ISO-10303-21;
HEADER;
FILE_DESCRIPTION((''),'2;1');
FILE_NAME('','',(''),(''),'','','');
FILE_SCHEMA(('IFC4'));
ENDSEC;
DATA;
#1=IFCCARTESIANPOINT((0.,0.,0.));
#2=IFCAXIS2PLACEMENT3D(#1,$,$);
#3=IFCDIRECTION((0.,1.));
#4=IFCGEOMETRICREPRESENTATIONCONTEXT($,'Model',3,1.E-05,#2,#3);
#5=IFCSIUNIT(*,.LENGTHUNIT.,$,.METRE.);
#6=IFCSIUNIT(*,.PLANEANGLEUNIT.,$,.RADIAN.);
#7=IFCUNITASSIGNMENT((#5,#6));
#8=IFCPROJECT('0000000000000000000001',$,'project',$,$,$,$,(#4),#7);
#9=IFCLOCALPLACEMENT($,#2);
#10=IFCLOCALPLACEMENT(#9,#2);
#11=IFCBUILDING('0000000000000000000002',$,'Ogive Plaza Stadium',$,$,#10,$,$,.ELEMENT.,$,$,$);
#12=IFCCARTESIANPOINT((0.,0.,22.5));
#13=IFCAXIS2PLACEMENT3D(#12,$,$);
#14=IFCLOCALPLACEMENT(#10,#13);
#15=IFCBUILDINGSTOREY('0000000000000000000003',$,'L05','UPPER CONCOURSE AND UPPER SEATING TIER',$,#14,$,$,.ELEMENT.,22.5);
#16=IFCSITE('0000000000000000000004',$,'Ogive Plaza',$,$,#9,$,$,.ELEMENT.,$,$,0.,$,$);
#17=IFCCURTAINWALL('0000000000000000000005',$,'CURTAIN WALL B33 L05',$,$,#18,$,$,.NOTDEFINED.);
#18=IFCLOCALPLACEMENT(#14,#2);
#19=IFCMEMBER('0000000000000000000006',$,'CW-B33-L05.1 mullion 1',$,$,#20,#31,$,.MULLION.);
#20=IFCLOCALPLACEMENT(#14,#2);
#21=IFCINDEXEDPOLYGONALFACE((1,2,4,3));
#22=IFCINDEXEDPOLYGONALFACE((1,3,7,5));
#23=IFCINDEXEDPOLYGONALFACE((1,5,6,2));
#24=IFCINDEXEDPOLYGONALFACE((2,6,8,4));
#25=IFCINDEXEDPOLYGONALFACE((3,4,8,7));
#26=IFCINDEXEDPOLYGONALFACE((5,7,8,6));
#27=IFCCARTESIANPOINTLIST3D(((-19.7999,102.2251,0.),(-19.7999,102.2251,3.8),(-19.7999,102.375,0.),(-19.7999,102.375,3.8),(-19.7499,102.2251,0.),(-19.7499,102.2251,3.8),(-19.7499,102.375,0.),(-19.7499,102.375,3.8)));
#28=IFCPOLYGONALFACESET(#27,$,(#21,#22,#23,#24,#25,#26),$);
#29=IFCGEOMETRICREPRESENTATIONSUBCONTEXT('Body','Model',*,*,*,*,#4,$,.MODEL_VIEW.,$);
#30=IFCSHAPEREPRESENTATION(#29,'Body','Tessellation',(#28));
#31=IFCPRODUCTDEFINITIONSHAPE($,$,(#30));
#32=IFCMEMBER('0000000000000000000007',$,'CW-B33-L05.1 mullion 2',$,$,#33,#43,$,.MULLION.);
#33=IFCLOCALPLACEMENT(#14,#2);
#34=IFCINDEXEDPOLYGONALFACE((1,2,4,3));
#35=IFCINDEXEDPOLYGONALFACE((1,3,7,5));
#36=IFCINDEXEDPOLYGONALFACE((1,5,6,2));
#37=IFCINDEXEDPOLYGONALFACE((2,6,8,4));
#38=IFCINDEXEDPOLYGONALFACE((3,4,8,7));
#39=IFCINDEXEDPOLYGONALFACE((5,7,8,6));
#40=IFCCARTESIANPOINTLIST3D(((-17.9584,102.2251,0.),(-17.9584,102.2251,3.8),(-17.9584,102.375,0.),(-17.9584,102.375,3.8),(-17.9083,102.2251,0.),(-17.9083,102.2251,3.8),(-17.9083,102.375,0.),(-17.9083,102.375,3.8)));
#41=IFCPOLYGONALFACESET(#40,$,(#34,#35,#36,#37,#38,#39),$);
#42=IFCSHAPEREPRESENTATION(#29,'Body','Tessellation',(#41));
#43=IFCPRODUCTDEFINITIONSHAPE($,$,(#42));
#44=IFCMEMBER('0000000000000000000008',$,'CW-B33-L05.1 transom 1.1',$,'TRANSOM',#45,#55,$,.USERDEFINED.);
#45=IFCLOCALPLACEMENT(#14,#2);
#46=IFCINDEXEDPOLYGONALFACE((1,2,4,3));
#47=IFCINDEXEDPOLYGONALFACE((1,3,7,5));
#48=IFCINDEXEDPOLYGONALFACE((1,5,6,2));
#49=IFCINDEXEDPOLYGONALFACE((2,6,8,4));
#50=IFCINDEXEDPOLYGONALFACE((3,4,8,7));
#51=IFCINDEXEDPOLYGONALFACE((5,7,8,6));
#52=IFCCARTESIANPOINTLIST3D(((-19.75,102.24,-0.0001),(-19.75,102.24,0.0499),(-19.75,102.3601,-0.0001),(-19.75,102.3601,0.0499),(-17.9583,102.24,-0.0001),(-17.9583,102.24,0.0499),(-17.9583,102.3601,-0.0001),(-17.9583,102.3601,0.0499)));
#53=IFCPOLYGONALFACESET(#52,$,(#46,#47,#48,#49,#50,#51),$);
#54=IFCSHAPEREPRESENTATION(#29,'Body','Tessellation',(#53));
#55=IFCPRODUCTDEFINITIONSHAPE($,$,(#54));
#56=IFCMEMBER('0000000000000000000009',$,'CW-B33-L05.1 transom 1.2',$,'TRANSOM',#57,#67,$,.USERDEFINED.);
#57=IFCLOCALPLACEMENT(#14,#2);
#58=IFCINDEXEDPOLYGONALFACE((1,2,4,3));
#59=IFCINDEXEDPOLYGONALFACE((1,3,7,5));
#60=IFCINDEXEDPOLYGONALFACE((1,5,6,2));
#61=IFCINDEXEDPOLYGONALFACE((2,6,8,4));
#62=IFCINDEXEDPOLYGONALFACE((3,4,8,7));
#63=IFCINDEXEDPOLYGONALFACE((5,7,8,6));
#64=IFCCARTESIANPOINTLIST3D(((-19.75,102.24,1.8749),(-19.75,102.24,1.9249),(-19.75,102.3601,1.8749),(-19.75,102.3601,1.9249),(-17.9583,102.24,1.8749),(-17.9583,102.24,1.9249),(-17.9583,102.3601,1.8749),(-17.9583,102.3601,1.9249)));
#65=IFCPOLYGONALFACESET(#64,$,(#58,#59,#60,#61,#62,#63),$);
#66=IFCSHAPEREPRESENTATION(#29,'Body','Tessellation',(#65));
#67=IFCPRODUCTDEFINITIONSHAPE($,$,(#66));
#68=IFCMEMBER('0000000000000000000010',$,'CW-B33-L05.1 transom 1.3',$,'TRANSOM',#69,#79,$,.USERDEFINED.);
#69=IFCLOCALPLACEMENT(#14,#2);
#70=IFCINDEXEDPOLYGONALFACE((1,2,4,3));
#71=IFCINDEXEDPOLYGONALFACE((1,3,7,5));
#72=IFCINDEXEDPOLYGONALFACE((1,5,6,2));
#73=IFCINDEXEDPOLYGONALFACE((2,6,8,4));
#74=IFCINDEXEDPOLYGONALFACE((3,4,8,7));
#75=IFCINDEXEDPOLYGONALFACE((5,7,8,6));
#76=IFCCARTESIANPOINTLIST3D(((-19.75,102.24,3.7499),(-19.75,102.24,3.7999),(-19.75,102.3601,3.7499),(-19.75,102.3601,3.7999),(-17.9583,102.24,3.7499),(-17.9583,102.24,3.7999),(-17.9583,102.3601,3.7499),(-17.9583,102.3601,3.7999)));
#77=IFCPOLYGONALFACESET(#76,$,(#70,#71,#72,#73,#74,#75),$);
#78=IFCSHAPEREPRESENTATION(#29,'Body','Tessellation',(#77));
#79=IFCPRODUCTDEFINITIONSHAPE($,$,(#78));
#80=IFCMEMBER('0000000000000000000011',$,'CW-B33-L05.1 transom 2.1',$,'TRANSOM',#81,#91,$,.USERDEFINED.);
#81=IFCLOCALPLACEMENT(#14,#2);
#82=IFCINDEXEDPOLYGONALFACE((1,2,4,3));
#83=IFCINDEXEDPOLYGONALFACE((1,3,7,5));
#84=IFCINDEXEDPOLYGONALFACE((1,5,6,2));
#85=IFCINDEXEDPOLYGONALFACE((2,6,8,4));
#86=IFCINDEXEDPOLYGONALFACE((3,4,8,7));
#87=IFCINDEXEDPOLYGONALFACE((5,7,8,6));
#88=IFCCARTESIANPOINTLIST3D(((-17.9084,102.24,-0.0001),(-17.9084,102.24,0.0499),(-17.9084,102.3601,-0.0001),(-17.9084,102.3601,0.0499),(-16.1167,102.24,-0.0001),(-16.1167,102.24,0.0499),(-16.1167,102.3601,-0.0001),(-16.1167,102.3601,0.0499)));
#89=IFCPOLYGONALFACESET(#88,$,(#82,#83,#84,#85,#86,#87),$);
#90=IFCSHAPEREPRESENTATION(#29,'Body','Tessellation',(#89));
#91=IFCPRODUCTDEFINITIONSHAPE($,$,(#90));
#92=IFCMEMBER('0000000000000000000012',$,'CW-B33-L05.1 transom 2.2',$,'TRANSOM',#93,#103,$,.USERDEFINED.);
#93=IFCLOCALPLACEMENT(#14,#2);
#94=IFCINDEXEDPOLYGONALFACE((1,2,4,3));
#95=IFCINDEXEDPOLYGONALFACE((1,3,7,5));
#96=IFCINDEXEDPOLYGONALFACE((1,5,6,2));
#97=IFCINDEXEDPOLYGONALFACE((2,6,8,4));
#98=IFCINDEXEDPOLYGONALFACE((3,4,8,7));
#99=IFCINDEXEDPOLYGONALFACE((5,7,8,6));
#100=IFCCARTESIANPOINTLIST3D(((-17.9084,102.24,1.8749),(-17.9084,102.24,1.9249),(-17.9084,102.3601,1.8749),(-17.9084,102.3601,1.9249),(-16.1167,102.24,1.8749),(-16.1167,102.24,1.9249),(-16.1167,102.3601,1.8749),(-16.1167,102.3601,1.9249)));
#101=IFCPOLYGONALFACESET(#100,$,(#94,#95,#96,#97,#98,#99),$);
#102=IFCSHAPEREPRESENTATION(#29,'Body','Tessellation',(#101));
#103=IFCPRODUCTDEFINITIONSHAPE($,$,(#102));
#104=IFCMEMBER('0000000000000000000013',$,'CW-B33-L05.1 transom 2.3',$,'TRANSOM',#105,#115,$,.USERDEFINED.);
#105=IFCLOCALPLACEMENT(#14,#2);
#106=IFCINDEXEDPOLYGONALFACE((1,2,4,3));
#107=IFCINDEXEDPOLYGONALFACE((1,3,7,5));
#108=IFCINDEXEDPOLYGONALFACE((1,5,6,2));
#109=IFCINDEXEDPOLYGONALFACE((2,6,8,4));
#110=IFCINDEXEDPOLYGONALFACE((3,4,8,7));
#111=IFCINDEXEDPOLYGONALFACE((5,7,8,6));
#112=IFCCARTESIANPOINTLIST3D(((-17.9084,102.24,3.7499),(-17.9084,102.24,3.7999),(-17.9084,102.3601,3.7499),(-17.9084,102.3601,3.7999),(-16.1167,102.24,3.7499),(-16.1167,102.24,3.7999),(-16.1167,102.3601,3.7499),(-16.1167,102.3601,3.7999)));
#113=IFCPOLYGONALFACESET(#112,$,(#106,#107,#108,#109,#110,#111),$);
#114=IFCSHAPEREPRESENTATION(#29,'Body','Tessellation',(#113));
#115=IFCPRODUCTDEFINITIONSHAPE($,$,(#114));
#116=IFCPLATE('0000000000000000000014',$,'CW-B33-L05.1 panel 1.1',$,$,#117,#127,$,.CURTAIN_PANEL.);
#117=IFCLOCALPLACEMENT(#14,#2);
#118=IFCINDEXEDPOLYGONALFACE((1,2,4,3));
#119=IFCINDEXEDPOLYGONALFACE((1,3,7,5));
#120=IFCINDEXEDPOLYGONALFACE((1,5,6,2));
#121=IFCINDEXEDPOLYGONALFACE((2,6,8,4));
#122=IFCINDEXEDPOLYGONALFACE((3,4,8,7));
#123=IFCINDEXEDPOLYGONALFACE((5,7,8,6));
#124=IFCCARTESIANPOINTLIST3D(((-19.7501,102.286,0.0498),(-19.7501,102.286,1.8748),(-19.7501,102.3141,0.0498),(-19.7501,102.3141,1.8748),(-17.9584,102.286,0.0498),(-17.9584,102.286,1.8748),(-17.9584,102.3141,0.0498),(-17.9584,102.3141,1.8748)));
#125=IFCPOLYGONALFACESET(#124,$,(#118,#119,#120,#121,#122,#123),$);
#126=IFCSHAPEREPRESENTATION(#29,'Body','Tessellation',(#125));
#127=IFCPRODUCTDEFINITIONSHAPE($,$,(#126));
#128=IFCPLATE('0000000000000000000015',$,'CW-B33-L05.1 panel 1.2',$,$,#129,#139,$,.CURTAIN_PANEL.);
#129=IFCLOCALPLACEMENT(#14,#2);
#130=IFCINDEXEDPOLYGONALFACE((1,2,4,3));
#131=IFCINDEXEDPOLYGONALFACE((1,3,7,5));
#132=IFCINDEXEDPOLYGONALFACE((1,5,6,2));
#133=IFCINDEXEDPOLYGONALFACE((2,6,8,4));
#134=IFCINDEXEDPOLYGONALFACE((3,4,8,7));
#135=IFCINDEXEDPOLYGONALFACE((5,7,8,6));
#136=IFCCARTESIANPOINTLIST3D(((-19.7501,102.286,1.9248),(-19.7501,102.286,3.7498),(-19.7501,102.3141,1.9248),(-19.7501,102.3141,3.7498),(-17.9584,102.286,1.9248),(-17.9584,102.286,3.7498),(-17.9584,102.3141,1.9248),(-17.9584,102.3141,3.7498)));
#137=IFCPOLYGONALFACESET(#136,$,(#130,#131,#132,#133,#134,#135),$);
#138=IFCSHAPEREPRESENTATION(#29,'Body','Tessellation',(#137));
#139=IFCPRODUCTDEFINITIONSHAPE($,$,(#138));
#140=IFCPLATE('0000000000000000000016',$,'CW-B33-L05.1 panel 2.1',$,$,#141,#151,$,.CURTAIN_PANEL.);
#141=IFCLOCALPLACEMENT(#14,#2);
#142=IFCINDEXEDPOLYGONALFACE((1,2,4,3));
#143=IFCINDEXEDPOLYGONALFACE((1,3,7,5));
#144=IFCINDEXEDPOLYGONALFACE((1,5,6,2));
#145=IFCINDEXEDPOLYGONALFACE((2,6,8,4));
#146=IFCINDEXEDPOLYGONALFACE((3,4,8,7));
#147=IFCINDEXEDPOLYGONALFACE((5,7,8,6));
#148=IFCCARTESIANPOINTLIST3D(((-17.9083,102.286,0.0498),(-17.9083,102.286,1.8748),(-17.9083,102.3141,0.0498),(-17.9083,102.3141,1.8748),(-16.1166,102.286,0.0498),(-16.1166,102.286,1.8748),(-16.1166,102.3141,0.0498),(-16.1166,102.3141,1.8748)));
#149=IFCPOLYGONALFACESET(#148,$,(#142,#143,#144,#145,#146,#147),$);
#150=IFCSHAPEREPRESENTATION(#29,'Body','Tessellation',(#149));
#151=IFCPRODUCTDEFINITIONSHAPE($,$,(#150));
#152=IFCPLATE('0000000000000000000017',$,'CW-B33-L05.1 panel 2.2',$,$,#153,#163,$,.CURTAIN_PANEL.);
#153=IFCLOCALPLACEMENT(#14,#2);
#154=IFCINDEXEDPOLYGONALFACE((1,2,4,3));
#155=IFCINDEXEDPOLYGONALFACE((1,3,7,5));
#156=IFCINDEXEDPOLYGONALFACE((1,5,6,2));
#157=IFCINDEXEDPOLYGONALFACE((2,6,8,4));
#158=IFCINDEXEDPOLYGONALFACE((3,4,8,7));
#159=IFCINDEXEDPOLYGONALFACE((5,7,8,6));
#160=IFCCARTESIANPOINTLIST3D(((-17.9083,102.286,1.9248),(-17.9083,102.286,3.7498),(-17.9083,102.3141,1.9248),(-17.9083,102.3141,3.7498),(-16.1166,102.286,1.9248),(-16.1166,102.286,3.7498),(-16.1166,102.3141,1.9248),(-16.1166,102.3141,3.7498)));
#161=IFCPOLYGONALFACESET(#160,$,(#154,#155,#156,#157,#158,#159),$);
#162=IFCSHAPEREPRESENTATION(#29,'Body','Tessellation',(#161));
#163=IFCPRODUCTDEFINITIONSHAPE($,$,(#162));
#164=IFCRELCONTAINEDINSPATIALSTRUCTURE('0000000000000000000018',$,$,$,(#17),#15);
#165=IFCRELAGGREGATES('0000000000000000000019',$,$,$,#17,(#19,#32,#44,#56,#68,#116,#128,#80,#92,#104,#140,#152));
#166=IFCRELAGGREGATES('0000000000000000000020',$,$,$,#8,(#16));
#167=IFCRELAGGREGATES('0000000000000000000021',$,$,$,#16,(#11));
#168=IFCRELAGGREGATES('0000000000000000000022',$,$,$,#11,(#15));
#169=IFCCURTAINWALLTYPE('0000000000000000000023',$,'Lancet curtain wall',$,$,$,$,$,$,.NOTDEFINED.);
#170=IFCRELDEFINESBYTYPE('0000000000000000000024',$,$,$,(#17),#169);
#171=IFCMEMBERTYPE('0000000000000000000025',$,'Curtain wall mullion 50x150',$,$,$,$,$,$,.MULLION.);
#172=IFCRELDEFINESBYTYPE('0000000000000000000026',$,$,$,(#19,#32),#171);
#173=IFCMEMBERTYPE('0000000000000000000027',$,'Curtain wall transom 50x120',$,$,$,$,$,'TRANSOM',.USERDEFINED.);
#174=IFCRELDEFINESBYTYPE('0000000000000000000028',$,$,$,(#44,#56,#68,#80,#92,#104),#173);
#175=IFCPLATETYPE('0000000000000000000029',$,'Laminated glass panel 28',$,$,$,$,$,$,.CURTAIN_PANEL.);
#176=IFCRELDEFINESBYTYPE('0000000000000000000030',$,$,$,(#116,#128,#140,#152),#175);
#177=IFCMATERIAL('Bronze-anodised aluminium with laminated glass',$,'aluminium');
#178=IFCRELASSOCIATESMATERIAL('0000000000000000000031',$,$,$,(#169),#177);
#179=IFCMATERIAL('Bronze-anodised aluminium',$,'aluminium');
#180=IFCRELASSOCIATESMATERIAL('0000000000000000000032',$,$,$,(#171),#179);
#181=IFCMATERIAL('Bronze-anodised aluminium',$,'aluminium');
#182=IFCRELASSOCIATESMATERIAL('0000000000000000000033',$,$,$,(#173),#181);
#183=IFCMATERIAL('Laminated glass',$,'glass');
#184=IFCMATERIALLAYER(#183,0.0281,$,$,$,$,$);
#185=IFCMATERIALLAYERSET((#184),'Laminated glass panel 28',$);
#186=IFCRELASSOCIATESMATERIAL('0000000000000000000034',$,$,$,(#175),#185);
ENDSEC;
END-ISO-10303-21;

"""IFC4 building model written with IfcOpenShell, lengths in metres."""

from ifc_helpers import new_model, si_unit, direction, frame, origin, origin_2d, place, context, subcontext, project, spatial, rectangle, extrude, material, layer, layer_set, material_profile, profile_set, type_object, element, aggregate, save


model = new_model("IFC4")

# Units and contexts
model_context = context("Model", 3, precision=1e-05, world=origin(), true_north=direction((0.0, 1.0)))
body_context = subcontext(model_context, "Body", "Model", "MODEL_VIEW")
ifc_project = project(units=[si_unit("LENGTHUNIT", "METRE"), si_unit("PLANEANGLEUNIT", "RADIAN")], contexts=[model_context])

# Site, building, storey
site_placement = place(None, origin())
site = spatial("IfcSite", under=ifc_project, at=site_placement, Name="Ogive Plaza", CompositionType="ELEMENT", RefElevation=0.0)
building_placement = place(site_placement, origin())
building = spatial("IfcBuilding", under=site, at=building_placement, Name="Ogive Plaza Stadium", CompositionType="ELEMENT")
storey_placement = place(building_placement, frame((0.0, 0.0, 22.5)))
storey = spatial("IfcBuildingStorey", under=building, at=storey_placement, Name="L05", Description="UPPER CONCOURSE AND UPPER SEATING TIER", CompositionType="ELEMENT", Elevation=22.5)

# Curtain wall, members, plates
ifc_material_1 = material(Name="Bronze-anodised aluminium with laminated glass", Category="aluminium")
curtain_wall_type = type_object("IfcCurtainWallType", Name="Lancet curtain wall", PredefinedType="NOTDEFINED", material=ifc_material_1)
curtain_wall_placement = place(storey_placement, origin())
curtain_wall = element("IfcCurtainWall", 1, at=curtain_wall_placement, inside=storey, type_object=curtain_wall_type, Name="CURTAIN WALL B33 L05", PredefinedType="NOTDEFINED")
ifc_material_2 = material(Name="Bronze-anodised aluminium", Category="aluminium")
ifc_material_profile_1 = material_profile(ifc_material_2, rectangle(XDim=0.1499, YDim=0.05, at=origin_2d()), Name="AL 150x50")
ifc_profile_set_1 = profile_set([ifc_material_profile_1], Name="Bronze-anodised aluminium")
member_type_1 = type_object("IfcMemberType", Name="Curtain wall mullion 50x150", PredefinedType="MULLION", material=ifc_profile_set_1)
member_1_placement = place(storey_placement, frame((-19.7749, 102.3, 0.0), z_axis=(0.0, 0.0, 1.0), x_axis=(0.0, 1.0, 0.0)))
member_1 = element("IfcMember", 2, at=member_1_placement, type_object=member_type_1, Name="CW-B33-L05.1 mullion 1", PredefinedType="MULLION", context=body_context, shape_type="SweptSolid", body=[
    extrude(rectangle(XDim=0.1499, YDim=0.05, at=origin_2d()), origin(), (0.0, 0.0, 1.0), 3.8),
])
member_2_placement = place(storey_placement, frame((-17.9333, 102.3, 0.0), z_axis=(0.0, 0.0, 1.0), x_axis=(0.0, 1.0, 0.0)))
member_2 = element("IfcMember", 3, at=member_2_placement, type_object=member_type_1, Name="CW-B33-L05.1 mullion 2", PredefinedType="MULLION", context=body_context, shape_type="SweptSolid", body=[
    extrude(rectangle(XDim=0.1499, YDim=0.05, at=origin_2d()), origin(), (0.0, 0.0, 1.0), 3.8),
])
ifc_material_3 = material(Name="Bronze-anodised aluminium", Category="aluminium")
ifc_material_profile_2 = material_profile(ifc_material_3, rectangle(XDim=0.1201, YDim=0.05, at=origin_2d()), Name="AL 120x50")
ifc_profile_set_2 = profile_set([ifc_material_profile_2], Name="Bronze-anodised aluminium")
member_type_2 = type_object("IfcMemberType", Name="Curtain wall transom 50x120", ElementType="TRANSOM", PredefinedType="USERDEFINED", material=ifc_profile_set_2)
member_3_placement = place(storey_placement, frame((-19.75, 102.3, 0.0249), z_axis=(1.0, 0.0, 0.0), x_axis=(0.0, 1.0, 0.0)))
member_3 = element("IfcMember", 4, at=member_3_placement, type_object=member_type_2, Name="CW-B33-L05.1 transom 1.1", ObjectType="TRANSOM", PredefinedType="USERDEFINED", context=body_context, shape_type="SweptSolid", body=[
    extrude(rectangle(XDim=0.1201, YDim=0.05, at=origin_2d()), origin(), (0.0, 0.0, 1.0), 1.7917),
])
member_4_placement = place(storey_placement, frame((-19.75, 102.3, 1.8999), z_axis=(1.0, 0.0, 0.0), x_axis=(0.0, 1.0, 0.0)))
member_4 = element("IfcMember", 5, at=member_4_placement, type_object=member_type_2, Name="CW-B33-L05.1 transom 1.2", ObjectType="TRANSOM", PredefinedType="USERDEFINED", context=body_context, shape_type="SweptSolid", body=[
    extrude(rectangle(XDim=0.1201, YDim=0.05, at=origin_2d()), origin(), (0.0, 0.0, 1.0), 1.7917),
])
member_5_placement = place(storey_placement, frame((-19.75, 102.3, 3.7749), z_axis=(1.0, 0.0, 0.0), x_axis=(0.0, 1.0, 0.0)))
member_5 = element("IfcMember", 6, at=member_5_placement, type_object=member_type_2, Name="CW-B33-L05.1 transom 1.3", ObjectType="TRANSOM", PredefinedType="USERDEFINED", context=body_context, shape_type="SweptSolid", body=[
    extrude(rectangle(XDim=0.1201, YDim=0.05, at=origin_2d()), origin(), (0.0, 0.0, 1.0), 1.7917),
])
member_6_placement = place(storey_placement, frame((-17.9084, 102.3, 0.0249), z_axis=(1.0, 0.0, 0.0), x_axis=(0.0, 1.0, 0.0)))
member_6 = element("IfcMember", 7, at=member_6_placement, type_object=member_type_2, Name="CW-B33-L05.1 transom 2.1", ObjectType="TRANSOM", PredefinedType="USERDEFINED", context=body_context, shape_type="SweptSolid", body=[
    extrude(rectangle(XDim=0.1201, YDim=0.05, at=origin_2d()), origin(), (0.0, 0.0, 1.0), 1.7917),
])
member_7_placement = place(storey_placement, frame((-17.9084, 102.3, 1.8999), z_axis=(1.0, 0.0, 0.0), x_axis=(0.0, 1.0, 0.0)))
member_7 = element("IfcMember", 8, at=member_7_placement, type_object=member_type_2, Name="CW-B33-L05.1 transom 2.2", ObjectType="TRANSOM", PredefinedType="USERDEFINED", context=body_context, shape_type="SweptSolid", body=[
    extrude(rectangle(XDim=0.1201, YDim=0.05, at=origin_2d()), origin(), (0.0, 0.0, 1.0), 1.7917),
])
member_8_placement = place(storey_placement, frame((-17.9084, 102.3, 3.7749), z_axis=(1.0, 0.0, 0.0), x_axis=(0.0, 1.0, 0.0)))
member_8 = element("IfcMember", 9, at=member_8_placement, type_object=member_type_2, Name="CW-B33-L05.1 transom 2.3", ObjectType="TRANSOM", PredefinedType="USERDEFINED", context=body_context, shape_type="SweptSolid", body=[
    extrude(rectangle(XDim=0.1201, YDim=0.05, at=origin_2d()), origin(), (0.0, 0.0, 1.0), 1.7917),
])
ifc_material_4 = material(Name="Laminated glass", Category="glass")
ifc_layer_1 = layer(ifc_material_4, 0.0281)
ifc_layer_set_1 = layer_set([ifc_layer_1], Name="Laminated glass panel 28")
plate_type = type_object("IfcPlateType", Name="Laminated glass panel 28", PredefinedType="CURTAIN_PANEL", material=ifc_layer_set_1)
plate_1_placement = place(storey_placement, frame((-18.8542, 102.3, 0.0498), z_axis=(0.0, 0.0, 1.0), x_axis=(1.0, 0.0, 0.0)))
plate_1 = element("IfcPlate", 10, at=plate_1_placement, type_object=plate_type, Name="CW-B33-L05.1 panel 1.1", PredefinedType="CURTAIN_PANEL", context=body_context, shape_type="SweptSolid", body=[
    extrude(rectangle(XDim=1.7917, YDim=0.0281, at=origin_2d()), origin(), (0.0, 0.0, 1.0), 1.825),
])
plate_2_placement = place(storey_placement, frame((-18.8542, 102.3, 1.9248), z_axis=(0.0, 0.0, 1.0), x_axis=(1.0, 0.0, 0.0)))
plate_2 = element("IfcPlate", 11, at=plate_2_placement, type_object=plate_type, Name="CW-B33-L05.1 panel 1.2", PredefinedType="CURTAIN_PANEL", context=body_context, shape_type="SweptSolid", body=[
    extrude(rectangle(XDim=1.7917, YDim=0.0281, at=origin_2d()), origin(), (0.0, 0.0, 1.0), 1.825),
])
plate_3_placement = place(storey_placement, frame((-17.0125, 102.3, 0.0498), z_axis=(0.0, 0.0, 1.0), x_axis=(1.0, 0.0, 0.0)))
plate_3 = element("IfcPlate", 12, at=plate_3_placement, type_object=plate_type, Name="CW-B33-L05.1 panel 2.1", PredefinedType="CURTAIN_PANEL", context=body_context, shape_type="SweptSolid", body=[
    extrude(rectangle(XDim=1.7917, YDim=0.0281, at=origin_2d()), origin(), (0.0, 0.0, 1.0), 1.825),
])
plate_4_placement = place(storey_placement, frame((-17.0125, 102.3, 1.9248), z_axis=(0.0, 0.0, 1.0), x_axis=(1.0, 0.0, 0.0)))
plate_4 = element("IfcPlate", 13, at=plate_4_placement, type_object=plate_type, Name="CW-B33-L05.1 panel 2.2", PredefinedType="CURTAIN_PANEL", context=body_context, shape_type="SweptSolid", body=[
    extrude(rectangle(XDim=1.7917, YDim=0.0281, at=origin_2d()), origin(), (0.0, 0.0, 1.0), 1.825),
])
aggregate(curtain_wall, [member_1, member_2, member_3, member_4, member_5, plate_1, plate_2, member_6, member_7, member_8, plate_3, plate_4])

save(model, "model.ifc")
